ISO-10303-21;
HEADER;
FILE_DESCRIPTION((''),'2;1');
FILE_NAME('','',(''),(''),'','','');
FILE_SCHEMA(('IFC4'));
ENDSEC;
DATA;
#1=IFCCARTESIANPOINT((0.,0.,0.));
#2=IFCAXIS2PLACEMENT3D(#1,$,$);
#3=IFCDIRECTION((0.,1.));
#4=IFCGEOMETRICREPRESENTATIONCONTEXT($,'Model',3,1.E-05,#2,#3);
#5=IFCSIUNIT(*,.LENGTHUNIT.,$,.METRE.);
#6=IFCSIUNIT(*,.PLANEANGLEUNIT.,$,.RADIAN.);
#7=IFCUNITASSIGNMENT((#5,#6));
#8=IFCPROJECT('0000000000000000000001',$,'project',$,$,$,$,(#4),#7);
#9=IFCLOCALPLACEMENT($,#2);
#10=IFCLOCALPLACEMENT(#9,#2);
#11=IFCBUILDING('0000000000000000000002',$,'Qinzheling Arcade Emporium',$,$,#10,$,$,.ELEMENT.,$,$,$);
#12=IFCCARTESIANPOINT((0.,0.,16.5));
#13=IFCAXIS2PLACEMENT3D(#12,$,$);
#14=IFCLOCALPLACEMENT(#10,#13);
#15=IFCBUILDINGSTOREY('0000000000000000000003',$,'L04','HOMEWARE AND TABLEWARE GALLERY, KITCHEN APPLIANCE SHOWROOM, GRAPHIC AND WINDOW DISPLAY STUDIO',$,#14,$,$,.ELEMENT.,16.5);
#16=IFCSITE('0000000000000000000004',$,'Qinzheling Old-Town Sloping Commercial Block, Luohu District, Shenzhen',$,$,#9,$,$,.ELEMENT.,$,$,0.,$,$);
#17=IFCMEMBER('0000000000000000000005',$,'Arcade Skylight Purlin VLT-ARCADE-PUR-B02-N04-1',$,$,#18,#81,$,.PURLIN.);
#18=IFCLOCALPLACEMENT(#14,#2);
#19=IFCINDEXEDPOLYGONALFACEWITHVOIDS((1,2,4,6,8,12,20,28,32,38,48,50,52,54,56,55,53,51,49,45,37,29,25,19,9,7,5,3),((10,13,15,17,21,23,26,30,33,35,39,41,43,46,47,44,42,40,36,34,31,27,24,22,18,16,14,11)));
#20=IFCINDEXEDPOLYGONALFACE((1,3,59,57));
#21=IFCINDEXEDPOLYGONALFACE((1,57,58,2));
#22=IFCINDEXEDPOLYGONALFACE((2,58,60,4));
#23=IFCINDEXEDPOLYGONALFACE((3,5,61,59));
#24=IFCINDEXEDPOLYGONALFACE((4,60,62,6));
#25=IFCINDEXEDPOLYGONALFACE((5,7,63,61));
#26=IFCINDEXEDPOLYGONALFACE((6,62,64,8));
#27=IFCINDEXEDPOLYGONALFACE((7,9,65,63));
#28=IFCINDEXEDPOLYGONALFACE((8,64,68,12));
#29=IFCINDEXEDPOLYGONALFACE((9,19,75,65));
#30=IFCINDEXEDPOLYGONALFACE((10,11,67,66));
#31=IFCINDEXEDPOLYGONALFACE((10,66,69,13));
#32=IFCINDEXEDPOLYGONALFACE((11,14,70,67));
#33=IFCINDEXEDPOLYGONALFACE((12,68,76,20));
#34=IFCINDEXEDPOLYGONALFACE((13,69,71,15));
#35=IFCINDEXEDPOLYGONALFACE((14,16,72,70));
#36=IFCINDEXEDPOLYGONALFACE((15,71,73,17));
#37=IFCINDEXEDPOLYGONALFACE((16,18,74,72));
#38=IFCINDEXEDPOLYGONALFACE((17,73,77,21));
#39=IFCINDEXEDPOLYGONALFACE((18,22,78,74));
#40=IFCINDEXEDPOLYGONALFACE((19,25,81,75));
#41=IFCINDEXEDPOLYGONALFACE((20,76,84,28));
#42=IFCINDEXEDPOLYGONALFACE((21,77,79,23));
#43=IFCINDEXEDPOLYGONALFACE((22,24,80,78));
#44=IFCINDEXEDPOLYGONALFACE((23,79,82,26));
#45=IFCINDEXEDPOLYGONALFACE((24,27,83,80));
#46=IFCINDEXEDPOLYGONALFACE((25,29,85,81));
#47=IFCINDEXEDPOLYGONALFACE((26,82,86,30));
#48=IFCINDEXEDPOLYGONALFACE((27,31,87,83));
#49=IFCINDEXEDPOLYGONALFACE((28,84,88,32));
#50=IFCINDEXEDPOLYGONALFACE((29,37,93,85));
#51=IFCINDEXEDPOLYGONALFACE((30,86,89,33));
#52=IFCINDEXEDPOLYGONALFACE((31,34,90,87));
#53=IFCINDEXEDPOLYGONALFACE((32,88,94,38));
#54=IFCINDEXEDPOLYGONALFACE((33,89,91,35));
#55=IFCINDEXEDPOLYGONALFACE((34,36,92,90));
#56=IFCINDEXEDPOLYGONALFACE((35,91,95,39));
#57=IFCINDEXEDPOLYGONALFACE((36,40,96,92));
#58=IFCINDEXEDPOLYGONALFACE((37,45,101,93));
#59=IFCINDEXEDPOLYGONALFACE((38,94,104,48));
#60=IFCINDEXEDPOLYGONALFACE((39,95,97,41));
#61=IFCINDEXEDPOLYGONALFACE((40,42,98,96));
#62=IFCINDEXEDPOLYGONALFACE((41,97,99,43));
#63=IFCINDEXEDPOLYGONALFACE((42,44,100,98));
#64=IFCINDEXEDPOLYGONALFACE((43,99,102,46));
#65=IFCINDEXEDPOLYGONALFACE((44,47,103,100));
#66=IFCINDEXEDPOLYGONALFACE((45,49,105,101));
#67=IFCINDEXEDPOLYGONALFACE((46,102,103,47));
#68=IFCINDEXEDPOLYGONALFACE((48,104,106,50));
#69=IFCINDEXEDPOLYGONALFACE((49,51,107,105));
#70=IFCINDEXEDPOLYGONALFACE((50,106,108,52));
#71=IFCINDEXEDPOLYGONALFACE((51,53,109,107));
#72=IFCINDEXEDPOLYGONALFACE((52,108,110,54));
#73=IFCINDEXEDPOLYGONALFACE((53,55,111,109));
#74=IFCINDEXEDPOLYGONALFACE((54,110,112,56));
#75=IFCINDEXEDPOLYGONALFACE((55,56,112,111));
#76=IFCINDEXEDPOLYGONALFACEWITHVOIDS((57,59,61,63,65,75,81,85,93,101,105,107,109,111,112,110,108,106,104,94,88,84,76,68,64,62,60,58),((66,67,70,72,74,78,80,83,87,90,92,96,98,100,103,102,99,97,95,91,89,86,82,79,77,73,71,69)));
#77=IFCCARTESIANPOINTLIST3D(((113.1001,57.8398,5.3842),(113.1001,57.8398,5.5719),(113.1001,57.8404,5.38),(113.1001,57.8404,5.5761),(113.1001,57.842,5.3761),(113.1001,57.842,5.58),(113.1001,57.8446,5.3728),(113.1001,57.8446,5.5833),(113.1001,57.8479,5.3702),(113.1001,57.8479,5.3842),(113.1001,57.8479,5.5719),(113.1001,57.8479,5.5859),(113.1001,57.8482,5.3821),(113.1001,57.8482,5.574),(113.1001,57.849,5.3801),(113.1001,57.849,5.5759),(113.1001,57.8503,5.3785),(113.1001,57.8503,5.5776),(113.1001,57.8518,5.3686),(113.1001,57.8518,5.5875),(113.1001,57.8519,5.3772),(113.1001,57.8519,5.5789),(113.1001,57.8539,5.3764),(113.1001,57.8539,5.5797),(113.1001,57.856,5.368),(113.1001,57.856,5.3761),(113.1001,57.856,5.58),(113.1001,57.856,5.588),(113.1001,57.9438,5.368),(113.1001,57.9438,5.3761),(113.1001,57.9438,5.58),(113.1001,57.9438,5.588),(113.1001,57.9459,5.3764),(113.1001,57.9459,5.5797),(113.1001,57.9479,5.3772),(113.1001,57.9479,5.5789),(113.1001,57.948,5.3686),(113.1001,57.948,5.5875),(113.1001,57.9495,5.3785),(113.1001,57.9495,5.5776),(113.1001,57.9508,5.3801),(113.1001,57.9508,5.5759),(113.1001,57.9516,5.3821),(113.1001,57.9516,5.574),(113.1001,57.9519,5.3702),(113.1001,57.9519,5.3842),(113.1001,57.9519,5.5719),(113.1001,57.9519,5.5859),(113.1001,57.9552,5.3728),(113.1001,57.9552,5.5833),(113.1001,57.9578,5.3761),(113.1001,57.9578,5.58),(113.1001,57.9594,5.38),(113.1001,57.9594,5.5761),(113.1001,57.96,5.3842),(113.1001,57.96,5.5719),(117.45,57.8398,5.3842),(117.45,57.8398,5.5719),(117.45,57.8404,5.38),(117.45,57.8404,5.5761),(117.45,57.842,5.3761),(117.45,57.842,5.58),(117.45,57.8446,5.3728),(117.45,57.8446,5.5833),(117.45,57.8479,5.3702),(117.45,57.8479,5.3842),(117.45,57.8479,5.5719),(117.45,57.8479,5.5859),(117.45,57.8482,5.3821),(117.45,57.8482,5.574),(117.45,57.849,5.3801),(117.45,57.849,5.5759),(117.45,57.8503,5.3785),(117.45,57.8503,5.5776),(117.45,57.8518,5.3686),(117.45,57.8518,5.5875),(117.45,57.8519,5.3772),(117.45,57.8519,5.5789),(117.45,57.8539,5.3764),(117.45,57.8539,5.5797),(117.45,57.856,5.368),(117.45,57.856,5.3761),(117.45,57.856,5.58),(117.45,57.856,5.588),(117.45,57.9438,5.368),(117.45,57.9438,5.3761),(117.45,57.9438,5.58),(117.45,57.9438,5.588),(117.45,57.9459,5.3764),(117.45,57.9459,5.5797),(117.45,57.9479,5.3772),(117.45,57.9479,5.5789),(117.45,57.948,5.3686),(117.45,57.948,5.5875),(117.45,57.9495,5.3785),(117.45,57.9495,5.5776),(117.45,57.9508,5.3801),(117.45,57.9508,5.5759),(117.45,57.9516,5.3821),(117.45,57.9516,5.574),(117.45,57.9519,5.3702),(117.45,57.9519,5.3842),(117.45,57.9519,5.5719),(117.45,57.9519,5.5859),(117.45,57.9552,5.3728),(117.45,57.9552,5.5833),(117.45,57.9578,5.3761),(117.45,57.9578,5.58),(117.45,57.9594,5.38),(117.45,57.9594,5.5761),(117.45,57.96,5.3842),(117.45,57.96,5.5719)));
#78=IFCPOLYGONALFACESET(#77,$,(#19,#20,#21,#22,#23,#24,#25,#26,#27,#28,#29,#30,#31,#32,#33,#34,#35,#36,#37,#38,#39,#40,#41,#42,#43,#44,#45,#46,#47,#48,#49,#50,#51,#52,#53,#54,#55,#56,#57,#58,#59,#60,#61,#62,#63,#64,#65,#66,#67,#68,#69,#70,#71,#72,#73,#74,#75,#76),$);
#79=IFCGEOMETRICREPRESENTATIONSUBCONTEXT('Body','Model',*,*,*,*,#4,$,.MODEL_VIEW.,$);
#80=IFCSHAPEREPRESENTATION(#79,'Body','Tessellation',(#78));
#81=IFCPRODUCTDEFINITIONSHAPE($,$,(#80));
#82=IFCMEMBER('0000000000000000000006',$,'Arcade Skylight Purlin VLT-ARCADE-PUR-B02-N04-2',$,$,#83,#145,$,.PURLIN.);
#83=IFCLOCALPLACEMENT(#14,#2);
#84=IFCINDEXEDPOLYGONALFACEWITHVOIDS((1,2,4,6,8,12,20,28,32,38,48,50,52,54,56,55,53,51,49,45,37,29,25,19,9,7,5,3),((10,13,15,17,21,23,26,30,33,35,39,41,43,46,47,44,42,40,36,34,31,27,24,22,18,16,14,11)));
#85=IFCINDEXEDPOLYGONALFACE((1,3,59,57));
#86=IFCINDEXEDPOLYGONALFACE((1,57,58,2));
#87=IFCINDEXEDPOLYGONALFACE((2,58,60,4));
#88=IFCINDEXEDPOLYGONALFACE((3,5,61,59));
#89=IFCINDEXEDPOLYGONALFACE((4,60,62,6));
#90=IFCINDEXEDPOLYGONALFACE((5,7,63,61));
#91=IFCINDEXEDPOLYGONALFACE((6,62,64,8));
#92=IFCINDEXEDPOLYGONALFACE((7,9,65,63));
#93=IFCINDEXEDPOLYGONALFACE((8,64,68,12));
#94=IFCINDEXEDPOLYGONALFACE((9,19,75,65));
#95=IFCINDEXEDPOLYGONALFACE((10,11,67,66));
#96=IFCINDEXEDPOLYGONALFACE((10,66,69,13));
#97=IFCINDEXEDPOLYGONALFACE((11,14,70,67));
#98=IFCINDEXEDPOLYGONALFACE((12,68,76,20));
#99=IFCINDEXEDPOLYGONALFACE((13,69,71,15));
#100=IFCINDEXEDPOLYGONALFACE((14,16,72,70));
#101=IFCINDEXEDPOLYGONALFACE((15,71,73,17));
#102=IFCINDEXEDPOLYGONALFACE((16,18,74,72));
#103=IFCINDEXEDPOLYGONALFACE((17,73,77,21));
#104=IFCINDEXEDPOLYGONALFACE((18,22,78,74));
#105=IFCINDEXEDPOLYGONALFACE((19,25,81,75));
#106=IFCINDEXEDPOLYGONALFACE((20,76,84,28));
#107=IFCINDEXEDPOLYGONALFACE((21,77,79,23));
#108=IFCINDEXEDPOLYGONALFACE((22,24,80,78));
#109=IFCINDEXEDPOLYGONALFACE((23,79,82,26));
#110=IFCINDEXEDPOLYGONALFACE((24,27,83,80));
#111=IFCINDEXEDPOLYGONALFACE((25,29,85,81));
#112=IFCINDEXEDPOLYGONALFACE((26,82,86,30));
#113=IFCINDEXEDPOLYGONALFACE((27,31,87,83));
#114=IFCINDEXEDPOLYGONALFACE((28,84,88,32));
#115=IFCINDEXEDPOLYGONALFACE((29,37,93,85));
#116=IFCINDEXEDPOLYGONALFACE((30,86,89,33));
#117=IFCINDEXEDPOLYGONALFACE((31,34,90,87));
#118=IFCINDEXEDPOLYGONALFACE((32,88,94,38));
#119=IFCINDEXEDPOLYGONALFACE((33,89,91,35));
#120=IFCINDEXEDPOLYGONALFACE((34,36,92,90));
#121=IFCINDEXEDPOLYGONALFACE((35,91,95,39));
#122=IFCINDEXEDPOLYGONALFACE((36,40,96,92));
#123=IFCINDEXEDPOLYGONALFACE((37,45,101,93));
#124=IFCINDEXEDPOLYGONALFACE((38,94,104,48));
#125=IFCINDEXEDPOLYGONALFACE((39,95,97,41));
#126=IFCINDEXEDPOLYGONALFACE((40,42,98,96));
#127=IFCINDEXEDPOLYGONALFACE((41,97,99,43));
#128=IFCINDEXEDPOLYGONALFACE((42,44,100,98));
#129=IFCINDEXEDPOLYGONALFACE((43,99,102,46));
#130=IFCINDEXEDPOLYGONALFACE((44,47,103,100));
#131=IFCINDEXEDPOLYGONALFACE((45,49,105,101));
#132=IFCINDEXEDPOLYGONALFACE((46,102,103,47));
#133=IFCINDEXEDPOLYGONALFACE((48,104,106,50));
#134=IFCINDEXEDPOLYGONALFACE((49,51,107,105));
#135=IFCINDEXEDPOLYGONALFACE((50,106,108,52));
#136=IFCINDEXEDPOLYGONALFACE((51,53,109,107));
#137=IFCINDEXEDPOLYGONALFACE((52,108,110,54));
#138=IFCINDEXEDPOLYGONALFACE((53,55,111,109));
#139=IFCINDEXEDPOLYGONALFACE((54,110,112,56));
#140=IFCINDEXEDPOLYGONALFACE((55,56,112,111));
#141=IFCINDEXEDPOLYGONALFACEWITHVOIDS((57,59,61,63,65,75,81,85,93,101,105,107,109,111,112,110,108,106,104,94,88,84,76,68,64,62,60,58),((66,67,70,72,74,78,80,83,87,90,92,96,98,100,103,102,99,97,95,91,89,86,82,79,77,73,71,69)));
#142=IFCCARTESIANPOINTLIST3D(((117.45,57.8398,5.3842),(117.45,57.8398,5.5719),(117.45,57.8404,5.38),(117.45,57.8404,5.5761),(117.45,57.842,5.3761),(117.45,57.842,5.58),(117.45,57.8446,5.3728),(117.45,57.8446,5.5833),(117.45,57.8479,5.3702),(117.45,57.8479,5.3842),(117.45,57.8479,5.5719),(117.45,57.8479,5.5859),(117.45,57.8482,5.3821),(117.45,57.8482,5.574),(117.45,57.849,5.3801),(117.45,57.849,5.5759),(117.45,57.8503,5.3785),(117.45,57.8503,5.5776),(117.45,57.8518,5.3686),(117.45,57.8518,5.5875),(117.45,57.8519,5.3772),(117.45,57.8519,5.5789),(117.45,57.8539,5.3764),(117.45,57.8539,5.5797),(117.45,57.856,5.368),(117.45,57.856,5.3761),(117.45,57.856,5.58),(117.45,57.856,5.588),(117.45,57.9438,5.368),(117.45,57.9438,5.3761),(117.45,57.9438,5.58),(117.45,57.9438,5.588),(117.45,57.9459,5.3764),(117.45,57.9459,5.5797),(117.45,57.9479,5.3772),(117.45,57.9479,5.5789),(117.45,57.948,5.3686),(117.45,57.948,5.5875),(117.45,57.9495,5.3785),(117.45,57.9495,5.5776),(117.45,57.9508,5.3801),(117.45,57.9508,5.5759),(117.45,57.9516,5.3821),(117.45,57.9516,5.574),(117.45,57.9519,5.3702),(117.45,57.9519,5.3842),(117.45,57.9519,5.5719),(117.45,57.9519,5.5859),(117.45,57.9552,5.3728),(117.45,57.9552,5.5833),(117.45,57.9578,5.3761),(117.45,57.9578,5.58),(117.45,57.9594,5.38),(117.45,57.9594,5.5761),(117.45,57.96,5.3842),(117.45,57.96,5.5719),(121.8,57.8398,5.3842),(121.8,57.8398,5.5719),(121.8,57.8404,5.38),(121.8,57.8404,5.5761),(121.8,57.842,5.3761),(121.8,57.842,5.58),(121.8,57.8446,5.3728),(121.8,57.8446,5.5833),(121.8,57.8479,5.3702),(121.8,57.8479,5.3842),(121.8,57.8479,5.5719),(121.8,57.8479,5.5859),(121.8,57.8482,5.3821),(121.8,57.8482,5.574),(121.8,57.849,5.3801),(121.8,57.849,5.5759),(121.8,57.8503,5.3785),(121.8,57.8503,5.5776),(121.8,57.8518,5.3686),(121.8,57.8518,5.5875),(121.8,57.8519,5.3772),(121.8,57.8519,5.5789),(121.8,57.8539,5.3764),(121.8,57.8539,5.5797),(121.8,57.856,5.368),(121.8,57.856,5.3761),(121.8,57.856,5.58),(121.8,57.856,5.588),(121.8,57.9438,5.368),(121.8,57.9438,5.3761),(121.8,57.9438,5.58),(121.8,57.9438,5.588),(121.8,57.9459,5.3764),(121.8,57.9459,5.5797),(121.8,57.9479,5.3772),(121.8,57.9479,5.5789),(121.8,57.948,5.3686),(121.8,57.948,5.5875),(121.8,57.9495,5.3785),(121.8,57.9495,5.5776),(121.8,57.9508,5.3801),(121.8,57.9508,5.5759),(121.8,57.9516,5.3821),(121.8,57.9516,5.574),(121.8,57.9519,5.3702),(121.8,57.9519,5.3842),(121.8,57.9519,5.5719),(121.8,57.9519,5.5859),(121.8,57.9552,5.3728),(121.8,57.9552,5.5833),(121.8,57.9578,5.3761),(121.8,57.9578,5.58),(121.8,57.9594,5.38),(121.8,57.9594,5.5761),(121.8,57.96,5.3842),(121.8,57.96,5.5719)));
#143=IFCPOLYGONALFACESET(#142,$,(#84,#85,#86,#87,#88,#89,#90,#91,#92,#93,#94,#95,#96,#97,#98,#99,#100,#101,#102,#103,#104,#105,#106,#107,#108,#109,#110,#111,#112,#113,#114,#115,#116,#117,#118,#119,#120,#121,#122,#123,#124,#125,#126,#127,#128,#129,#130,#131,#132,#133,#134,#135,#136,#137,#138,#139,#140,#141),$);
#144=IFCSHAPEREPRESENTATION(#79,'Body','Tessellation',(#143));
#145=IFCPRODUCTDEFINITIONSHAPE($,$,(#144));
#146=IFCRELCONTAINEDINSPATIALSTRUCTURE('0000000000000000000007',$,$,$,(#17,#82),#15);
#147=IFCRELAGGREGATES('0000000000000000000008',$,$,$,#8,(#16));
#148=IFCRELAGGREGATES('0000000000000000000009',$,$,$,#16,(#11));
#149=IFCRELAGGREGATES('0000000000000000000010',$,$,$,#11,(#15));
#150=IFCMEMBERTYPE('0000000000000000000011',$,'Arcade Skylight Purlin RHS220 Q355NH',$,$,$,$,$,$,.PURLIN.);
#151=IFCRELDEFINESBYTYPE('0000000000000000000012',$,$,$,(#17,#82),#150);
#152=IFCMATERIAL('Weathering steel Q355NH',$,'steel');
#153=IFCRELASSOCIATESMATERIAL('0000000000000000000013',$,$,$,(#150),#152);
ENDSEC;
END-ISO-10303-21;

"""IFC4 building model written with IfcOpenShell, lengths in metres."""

from ifc_helpers import new_model, si_unit, direction, frame, origin, origin_2d, place, context, subcontext, project, spatial, hollow_rectangle, extrude, material, material_profile, profile_set, type_object, element, save


model = new_model("IFC4")

# Units and contexts
model_context = context("Model", 3, precision=1e-05, world=origin(), true_north=direction((0.0, 1.0)))
body_context = subcontext(model_context, "Body", "Model", "MODEL_VIEW")
ifc_project = project(units=[si_unit("LENGTHUNIT", "METRE"), si_unit("PLANEANGLEUNIT", "RADIAN")], contexts=[model_context])

# Site, building, storey
site_placement = place(None, origin())
site = spatial("IfcSite", under=ifc_project, at=site_placement, Name="Qinzheling Old-Town Sloping Commercial Block, Luohu District, Shenzhen", CompositionType="ELEMENT", RefElevation=0.0)
building_placement = place(site_placement, origin())
building = spatial("IfcBuilding", under=site, at=building_placement, Name="Qinzheling Arcade Emporium", CompositionType="ELEMENT")
storey_placement = place(building_placement, frame((0.0, 0.0, 16.5)))
storey = spatial("IfcBuildingStorey", under=building, at=storey_placement, Name="L04", Description="HOMEWARE AND TABLEWARE GALLERY, KITCHEN APPLIANCE SHOWROOM, GRAPHIC AND WINDOW DISPLAY STUDIO", CompositionType="ELEMENT", Elevation=16.5)

# Shared definitions
ifc_material_1 = material(Name="Weathering steel Q355NH", Category="steel")

# Members
ifc_material_profile_1 = material_profile(ifc_material_1, hollow_rectangle(XDim=0.1201, YDim=0.22, WallThickness=0.0081, InnerFilletRadius=0.0081, OuterFilletRadius=0.0161, at=origin_2d()), Name="RHS 220x120x8", Category="steel")
ifc_profile_set_1 = profile_set([ifc_material_profile_1], Name="Weathering steel Q355NH")
member_type_1 = type_object("IfcMemberType", Name="Arcade Skylight Purlin RHS220 Q355NH", PredefinedType="PURLIN", material=ifc_profile_set_1)
member_1_placement = place(storey_placement, frame((113.1001, 57.8999, 5.478), z_axis=(1.0, 0.0, 0.0), x_axis=(0.0, 1.0, 0.0)))
element("IfcMember", 1, at=member_1_placement, inside=storey, type_object=member_type_1, Name="Arcade Skylight Purlin VLT-ARCADE-PUR-B02-N04-1", PredefinedType="PURLIN", context=body_context, shape_type="SweptSolid", body=[
    extrude(hollow_rectangle(XDim=0.1201, YDim=0.22, WallThickness=0.0081, InnerFilletRadius=0.0081, OuterFilletRadius=0.0161, at=origin_2d()), origin(), (0.0, 0.0, 1.0), 4.3499),
])
member_2_placement = place(storey_placement, frame((117.45, 57.8999, 5.478), z_axis=(1.0, 0.0, 0.0), x_axis=(0.0, 1.0, 0.0)))
element("IfcMember", 2, at=member_2_placement, inside=storey, type_object=member_type_1, Name="Arcade Skylight Purlin VLT-ARCADE-PUR-B02-N04-2", PredefinedType="PURLIN", context=body_context, shape_type="SweptSolid", body=[
    extrude(hollow_rectangle(XDim=0.1201, YDim=0.22, WallThickness=0.0081, InnerFilletRadius=0.0081, OuterFilletRadius=0.0161, at=origin_2d()), origin(), (0.0, 0.0, 1.0), 4.3501),
])

save(model, "model.ifc")
